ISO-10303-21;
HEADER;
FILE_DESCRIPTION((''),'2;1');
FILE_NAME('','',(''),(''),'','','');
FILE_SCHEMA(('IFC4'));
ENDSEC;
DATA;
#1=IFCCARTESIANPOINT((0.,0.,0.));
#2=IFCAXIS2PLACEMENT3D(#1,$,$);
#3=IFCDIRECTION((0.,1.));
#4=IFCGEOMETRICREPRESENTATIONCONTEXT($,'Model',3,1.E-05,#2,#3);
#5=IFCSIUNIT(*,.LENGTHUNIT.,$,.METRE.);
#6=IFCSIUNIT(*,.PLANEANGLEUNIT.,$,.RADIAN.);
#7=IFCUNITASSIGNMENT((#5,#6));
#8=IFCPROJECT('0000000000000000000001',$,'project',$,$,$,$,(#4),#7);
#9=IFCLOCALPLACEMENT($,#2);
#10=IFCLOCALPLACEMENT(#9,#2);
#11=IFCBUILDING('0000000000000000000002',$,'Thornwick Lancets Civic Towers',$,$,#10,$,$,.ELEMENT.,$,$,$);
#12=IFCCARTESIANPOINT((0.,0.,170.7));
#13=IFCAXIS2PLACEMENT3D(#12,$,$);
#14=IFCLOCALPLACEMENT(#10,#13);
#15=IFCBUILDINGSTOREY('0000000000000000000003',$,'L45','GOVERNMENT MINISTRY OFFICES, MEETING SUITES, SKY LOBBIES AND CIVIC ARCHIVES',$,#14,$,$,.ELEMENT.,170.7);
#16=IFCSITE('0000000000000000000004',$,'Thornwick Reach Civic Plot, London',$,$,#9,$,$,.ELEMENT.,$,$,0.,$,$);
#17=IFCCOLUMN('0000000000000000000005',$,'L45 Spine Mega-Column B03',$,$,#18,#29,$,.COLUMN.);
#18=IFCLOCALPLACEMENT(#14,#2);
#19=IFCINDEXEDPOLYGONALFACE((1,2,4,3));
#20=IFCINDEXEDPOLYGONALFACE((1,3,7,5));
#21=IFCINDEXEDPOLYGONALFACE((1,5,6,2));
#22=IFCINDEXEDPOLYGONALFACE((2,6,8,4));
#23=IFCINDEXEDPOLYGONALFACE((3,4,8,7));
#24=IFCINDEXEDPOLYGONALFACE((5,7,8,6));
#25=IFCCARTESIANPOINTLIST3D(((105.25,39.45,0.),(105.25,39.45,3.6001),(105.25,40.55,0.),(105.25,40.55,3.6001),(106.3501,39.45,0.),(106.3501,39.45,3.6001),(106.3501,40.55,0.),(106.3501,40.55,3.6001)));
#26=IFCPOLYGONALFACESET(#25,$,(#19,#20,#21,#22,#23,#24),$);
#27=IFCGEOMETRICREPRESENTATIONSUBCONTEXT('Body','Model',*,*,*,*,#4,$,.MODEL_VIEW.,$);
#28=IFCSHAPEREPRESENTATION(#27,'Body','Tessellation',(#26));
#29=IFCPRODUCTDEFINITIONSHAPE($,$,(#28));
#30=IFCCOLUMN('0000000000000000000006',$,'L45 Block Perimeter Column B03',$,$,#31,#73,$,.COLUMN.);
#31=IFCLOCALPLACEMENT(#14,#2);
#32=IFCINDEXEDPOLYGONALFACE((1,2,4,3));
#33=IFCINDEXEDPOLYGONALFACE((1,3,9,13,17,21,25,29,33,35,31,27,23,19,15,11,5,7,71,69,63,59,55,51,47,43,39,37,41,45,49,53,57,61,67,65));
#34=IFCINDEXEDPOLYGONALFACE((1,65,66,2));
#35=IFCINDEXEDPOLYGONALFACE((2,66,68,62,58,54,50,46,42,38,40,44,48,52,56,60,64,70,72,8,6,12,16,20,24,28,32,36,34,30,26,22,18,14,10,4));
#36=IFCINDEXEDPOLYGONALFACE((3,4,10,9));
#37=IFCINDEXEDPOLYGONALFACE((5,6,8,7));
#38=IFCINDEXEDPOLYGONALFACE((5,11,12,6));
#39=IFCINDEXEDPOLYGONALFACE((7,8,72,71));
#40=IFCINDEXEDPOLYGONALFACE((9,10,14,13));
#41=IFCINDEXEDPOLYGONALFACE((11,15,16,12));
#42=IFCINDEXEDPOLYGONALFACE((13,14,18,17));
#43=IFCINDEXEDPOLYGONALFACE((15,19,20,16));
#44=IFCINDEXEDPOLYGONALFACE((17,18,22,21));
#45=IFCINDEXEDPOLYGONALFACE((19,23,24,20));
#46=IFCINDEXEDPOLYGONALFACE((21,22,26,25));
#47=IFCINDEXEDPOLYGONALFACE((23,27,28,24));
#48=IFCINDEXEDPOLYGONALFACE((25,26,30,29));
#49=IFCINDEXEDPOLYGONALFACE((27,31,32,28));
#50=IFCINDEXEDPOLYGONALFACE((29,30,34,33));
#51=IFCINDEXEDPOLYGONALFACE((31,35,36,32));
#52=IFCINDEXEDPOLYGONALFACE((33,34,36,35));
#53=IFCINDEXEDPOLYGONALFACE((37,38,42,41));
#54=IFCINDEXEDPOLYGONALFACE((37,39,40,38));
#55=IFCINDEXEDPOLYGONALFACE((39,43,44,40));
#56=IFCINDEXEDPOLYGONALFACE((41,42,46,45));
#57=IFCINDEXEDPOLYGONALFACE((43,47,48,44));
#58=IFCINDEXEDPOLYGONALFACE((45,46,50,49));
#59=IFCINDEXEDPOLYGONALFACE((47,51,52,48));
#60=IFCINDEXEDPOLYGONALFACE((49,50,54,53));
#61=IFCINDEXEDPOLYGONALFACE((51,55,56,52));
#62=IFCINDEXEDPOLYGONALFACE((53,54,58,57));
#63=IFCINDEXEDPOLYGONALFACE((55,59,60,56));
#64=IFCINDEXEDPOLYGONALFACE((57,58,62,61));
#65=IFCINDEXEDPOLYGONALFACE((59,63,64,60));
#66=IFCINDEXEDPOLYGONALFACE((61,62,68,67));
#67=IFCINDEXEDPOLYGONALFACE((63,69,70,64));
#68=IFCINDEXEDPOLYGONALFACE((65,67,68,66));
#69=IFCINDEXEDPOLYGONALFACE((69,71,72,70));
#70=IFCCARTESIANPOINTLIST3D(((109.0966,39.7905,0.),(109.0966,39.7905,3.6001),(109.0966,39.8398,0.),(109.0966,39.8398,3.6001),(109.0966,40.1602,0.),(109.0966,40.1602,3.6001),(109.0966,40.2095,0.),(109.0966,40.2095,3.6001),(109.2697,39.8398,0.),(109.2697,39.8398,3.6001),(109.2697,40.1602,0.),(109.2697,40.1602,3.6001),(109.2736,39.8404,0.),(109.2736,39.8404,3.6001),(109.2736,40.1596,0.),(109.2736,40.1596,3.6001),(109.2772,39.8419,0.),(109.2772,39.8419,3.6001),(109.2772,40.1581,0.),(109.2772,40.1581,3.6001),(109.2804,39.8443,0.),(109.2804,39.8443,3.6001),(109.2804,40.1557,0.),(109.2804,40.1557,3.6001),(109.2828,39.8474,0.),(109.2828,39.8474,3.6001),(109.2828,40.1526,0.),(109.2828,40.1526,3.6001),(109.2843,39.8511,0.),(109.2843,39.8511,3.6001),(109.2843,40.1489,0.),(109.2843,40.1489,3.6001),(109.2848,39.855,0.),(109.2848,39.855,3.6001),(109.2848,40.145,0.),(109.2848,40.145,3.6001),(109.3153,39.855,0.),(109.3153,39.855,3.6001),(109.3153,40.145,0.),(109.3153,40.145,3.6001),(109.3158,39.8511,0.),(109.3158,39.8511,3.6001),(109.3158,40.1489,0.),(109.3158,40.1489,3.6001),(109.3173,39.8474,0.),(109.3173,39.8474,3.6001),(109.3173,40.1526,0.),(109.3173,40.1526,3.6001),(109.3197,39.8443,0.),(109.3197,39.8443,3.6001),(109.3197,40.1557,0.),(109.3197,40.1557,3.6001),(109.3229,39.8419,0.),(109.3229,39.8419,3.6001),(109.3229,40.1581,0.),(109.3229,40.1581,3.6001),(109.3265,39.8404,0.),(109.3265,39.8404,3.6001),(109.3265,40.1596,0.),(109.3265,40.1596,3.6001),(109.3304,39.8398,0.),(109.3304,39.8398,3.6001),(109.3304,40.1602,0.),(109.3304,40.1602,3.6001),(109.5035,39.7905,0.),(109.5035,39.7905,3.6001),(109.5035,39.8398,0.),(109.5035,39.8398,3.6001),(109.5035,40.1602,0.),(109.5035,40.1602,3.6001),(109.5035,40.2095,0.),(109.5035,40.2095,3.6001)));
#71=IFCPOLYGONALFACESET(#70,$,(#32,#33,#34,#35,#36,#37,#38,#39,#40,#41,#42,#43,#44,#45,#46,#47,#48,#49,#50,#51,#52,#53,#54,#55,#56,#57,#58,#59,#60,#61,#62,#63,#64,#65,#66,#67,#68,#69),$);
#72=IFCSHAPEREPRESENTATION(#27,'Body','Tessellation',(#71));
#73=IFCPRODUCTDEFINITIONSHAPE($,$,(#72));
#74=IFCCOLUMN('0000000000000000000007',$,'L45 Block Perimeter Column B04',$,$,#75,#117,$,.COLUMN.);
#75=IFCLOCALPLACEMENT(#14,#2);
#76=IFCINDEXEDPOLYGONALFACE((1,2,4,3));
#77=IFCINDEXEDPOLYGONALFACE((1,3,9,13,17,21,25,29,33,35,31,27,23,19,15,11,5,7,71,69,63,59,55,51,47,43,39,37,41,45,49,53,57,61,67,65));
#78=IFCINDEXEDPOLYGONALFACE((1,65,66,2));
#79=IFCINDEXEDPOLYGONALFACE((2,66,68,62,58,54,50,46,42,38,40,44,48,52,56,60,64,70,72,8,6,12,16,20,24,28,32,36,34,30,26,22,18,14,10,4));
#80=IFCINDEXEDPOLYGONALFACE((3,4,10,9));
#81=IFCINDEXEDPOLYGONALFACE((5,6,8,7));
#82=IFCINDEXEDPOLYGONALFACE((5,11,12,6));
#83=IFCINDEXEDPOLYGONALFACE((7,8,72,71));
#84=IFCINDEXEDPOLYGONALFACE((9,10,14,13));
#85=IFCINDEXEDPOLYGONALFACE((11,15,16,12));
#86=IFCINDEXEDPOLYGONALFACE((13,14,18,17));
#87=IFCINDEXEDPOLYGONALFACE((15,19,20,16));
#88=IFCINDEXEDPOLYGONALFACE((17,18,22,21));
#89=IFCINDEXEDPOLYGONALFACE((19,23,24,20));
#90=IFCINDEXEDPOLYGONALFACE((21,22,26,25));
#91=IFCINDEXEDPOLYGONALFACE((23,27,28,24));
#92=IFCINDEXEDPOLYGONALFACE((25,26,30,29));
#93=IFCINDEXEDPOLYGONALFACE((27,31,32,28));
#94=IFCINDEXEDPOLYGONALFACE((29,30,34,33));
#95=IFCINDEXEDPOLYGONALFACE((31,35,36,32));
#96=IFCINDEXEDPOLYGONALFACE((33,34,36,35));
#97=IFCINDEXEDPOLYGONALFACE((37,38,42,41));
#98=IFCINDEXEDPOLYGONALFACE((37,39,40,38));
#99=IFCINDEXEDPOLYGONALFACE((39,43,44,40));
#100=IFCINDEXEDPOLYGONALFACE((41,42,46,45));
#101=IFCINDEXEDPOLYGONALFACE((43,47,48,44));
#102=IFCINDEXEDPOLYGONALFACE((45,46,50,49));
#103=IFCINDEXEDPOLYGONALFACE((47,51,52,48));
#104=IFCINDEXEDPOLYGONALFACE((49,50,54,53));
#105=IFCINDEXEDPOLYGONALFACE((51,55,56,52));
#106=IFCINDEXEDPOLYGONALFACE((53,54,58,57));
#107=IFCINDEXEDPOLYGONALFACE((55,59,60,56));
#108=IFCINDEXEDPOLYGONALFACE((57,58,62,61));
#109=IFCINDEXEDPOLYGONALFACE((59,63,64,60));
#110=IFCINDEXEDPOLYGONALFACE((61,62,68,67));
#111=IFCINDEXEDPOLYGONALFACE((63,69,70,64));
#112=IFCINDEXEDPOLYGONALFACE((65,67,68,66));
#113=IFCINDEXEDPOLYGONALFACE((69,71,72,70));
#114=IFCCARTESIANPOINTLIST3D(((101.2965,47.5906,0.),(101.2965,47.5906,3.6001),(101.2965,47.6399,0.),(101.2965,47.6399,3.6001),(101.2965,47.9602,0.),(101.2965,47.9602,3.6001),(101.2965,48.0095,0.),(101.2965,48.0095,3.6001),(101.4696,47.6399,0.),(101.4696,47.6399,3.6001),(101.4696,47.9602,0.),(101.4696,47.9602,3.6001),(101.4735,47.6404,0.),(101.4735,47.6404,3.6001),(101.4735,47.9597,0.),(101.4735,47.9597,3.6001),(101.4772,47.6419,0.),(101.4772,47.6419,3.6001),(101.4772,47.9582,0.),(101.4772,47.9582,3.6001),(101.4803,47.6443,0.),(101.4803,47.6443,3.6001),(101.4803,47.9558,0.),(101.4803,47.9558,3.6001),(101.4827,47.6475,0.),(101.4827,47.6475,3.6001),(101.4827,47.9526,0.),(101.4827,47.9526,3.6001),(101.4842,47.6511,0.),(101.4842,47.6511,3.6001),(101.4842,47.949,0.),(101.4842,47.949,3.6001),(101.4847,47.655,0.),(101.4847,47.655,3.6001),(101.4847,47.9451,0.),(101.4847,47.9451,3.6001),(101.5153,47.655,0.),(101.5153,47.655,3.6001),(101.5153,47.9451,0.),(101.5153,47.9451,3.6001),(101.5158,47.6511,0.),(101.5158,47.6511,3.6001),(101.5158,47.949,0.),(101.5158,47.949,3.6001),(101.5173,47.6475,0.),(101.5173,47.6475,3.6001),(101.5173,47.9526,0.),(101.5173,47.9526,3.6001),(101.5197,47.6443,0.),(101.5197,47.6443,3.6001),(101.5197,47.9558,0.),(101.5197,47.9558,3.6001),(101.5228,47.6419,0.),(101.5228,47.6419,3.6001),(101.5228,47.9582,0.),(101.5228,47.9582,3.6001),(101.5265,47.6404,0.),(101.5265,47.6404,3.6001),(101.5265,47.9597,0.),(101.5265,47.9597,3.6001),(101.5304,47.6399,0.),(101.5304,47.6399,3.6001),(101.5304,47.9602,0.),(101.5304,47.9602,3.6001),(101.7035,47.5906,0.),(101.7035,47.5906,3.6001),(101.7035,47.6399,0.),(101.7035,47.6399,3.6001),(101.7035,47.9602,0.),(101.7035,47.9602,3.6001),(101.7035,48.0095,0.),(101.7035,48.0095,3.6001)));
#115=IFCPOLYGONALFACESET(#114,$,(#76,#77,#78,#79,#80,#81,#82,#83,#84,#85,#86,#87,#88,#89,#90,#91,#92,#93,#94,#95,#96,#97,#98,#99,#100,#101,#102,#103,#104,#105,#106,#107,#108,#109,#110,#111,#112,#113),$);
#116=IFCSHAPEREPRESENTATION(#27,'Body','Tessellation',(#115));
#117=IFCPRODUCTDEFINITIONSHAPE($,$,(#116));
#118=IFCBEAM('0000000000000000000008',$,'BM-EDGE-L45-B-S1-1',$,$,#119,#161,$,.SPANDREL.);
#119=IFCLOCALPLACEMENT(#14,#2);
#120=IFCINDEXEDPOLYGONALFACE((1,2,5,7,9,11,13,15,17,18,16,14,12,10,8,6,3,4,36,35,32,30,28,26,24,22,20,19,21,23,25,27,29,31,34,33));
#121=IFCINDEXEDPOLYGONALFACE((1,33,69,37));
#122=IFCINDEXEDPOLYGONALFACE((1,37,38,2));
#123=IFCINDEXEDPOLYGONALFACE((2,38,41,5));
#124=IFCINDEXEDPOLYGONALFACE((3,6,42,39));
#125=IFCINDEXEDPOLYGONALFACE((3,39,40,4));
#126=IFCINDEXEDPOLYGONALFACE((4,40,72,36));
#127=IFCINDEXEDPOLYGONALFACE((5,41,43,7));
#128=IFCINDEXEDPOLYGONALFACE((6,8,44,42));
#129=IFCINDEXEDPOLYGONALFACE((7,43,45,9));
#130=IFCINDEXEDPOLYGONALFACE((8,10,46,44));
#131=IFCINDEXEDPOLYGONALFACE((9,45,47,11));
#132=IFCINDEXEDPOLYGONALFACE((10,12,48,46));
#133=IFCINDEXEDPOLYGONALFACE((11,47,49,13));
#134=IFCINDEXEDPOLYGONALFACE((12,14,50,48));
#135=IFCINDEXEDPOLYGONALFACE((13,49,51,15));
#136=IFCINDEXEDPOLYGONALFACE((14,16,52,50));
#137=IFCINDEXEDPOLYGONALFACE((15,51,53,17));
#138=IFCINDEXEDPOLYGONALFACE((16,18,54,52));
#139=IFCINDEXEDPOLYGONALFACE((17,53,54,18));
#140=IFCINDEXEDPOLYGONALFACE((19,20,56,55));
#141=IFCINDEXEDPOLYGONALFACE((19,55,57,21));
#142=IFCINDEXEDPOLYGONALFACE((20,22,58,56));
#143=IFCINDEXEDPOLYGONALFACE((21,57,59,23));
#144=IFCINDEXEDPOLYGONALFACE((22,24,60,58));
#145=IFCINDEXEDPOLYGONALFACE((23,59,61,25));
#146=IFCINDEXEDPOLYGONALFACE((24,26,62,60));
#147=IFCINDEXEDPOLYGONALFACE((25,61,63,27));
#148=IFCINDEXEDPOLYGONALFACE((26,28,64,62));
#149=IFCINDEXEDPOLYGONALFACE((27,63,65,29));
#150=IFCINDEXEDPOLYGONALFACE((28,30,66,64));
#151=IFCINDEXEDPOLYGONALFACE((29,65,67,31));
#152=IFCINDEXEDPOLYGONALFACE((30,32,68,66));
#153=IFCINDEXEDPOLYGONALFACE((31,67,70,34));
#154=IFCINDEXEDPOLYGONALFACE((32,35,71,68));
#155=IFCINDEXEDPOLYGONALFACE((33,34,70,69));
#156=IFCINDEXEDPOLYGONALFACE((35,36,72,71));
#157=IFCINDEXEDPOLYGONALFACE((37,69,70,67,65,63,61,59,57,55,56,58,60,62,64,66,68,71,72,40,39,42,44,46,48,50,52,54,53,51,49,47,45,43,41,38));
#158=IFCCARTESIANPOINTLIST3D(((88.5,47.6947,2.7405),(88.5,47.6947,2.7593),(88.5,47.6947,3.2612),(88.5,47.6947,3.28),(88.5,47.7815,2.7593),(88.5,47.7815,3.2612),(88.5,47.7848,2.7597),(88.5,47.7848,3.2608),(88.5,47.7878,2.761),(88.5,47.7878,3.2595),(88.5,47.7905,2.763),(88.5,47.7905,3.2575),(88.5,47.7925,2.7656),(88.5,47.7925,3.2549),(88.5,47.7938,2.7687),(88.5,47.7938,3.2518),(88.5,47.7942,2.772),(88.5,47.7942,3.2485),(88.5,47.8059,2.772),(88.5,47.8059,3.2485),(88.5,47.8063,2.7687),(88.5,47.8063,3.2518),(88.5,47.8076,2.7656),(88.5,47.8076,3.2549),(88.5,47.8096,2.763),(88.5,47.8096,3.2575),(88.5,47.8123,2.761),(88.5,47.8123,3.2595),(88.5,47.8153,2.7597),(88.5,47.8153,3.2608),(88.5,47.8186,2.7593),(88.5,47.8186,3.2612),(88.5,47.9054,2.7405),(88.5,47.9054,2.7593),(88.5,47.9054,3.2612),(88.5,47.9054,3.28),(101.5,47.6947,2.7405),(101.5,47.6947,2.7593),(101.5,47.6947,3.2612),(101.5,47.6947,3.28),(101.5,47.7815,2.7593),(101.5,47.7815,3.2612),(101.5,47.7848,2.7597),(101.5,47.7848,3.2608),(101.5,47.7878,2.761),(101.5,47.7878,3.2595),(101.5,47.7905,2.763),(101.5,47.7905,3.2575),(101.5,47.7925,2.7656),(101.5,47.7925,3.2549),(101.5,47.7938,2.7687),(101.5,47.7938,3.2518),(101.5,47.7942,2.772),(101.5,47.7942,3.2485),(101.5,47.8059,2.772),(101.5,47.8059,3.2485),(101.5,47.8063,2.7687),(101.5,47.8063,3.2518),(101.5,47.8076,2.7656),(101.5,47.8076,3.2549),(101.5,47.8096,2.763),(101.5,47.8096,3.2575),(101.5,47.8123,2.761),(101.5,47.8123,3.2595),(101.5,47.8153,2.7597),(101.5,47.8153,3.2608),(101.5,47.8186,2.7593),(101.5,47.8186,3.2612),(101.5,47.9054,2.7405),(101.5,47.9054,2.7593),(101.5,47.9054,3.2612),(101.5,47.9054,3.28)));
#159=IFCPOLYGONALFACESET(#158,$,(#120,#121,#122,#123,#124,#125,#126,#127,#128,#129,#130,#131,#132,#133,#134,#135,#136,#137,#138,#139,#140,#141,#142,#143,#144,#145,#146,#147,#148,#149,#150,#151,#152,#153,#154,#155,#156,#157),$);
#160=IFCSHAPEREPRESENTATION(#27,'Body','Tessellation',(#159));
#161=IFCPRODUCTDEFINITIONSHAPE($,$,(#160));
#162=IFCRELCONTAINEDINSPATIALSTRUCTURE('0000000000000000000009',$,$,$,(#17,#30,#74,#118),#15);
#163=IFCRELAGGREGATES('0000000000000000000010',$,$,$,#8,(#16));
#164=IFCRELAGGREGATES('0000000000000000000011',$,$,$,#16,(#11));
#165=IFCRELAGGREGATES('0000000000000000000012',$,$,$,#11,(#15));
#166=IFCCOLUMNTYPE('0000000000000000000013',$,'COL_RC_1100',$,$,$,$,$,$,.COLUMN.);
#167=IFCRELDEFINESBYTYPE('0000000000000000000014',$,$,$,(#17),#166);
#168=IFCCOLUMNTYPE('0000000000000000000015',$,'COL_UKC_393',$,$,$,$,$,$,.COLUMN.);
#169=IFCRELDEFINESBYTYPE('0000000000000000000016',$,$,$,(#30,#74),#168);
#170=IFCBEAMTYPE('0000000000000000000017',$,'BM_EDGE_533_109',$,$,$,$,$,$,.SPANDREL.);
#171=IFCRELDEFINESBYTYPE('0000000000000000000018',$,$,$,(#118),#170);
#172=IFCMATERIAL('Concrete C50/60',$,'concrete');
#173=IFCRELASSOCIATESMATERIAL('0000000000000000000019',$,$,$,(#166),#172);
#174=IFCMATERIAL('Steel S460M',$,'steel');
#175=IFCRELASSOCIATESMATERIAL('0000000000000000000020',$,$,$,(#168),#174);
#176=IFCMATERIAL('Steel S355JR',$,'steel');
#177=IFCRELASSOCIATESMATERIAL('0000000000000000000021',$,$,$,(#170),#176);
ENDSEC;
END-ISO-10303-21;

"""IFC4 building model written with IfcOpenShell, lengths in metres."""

from ifc_helpers import new_model, si_unit, direction, frame, origin, origin_2d, place, context, subcontext, project, spatial, rectangle, i_section, extrude, material, material_profile, profile_set, type_object, element, save


model = new_model("IFC4")

# Units and contexts
model_context = context("Model", 3, precision=1e-05, world=origin(), true_north=direction((0.0, 1.0)))
body_context = subcontext(model_context, "Body", "Model", "MODEL_VIEW")
ifc_project = project(units=[si_unit("LENGTHUNIT", "METRE"), si_unit("PLANEANGLEUNIT", "RADIAN")], contexts=[model_context])

# Site, building, storey
site_placement = place(None, origin())
site = spatial("IfcSite", under=ifc_project, at=site_placement, Name="Thornwick Reach Civic Plot, London", CompositionType="ELEMENT", RefElevation=0.0)
building_placement = place(site_placement, origin())
building = spatial("IfcBuilding", under=site, at=building_placement, Name="Thornwick Lancets Civic Towers", CompositionType="ELEMENT")
storey_placement = place(building_placement, frame((0.0, 0.0, 170.7)))
storey = spatial("IfcBuildingStorey", under=building, at=storey_placement, Name="L45", Description="GOVERNMENT MINISTRY OFFICES, MEETING SUITES, SKY LOBBIES AND CIVIC ARCHIVES", CompositionType="ELEMENT", Elevation=170.7)

# Columns
ifc_material_1 = material(Name="Concrete C50/60", Category="concrete")
ifc_material_profile_1 = material_profile(ifc_material_1, rectangle(XDim=1.1001, YDim=1.1001, at=origin_2d()), Name="RC 1100x1100")
ifc_profile_set_1 = profile_set([ifc_material_profile_1], Name="Concrete C50/60")
column_type_1 = type_object("IfcColumnType", Name="COL_RC_1100", PredefinedType="COLUMN", material=ifc_profile_set_1)
column_placement = place(storey_placement, frame((105.8, 40.0, 0.0), z_axis=(0.0, 0.0, 1.0), x_axis=(1.0, 0.0, 0.0)))
element("IfcColumn", 1, at=column_placement, inside=storey, type_object=column_type_1, Name="L45 Spine Mega-Column B03", PredefinedType="COLUMN", context=body_context, shape_type="SweptSolid", body=[
    extrude(rectangle(XDim=1.1001, YDim=1.1001, at=origin_2d()), origin(), (0.0, 0.0, 1.0), 3.6001),
])
ifc_material_2 = material(Name="Steel S460M", Category="steel")
ifc_material_profile_2 = material_profile(ifc_material_2, i_section(OverallWidth=0.407, OverallDepth=0.4189, WebThickness=0.0305, FlangeThickness=0.0493, FilletRadius=0.0151, at=origin_2d()), Name="UKC 356x406x393")
ifc_profile_set_2 = profile_set([ifc_material_profile_2], Name="Steel S460M")
column_type_2 = type_object("IfcColumnType", Name="COL_UKC_393", PredefinedType="COLUMN", material=ifc_profile_set_2)
for number, where, z_axis, x_axis, name in (
    (2, (109.3, 40.0, 0.0), (0.0, 0.0, 1.0), (1.0, 0.0, 0.0), "L45 Block Perimeter Column B03"),
    (3, (101.5, 47.8, 0.0), (0.0, 0.0, 1.0), (1.0, 0.0, 0.0), "L45 Block Perimeter Column B04"),
):
    element("IfcColumn", number, at=place(storey_placement, frame(where, z_axis=z_axis, x_axis=x_axis)), inside=storey, type_object=column_type_2, Name=name, PredefinedType="COLUMN", context=body_context, shape_type="SweptSolid", body=[
        extrude(i_section(OverallWidth=0.407, OverallDepth=0.4189, WebThickness=0.0305, FlangeThickness=0.0493, FilletRadius=0.0151, at=origin_2d()), origin(), (0.0, 0.0, 1.0), 3.6001),
    ])

# Beam
ifc_material_3 = material(Name="Steel S355JR", Category="steel")
ifc_material_profile_3 = material_profile(ifc_material_3, i_section(OverallWidth=0.2107, OverallDepth=0.5396, WebThickness=0.0117, FlangeThickness=0.0188, FilletRadius=0.0127, at=origin_2d()), Name="UKB 533x210x109")
ifc_profile_set_3 = profile_set([ifc_material_profile_3], Name="Steel S355JR")
beam_type_1 = type_object("IfcBeamType", Name="BM_EDGE_533_109", PredefinedType="SPANDREL", material=ifc_profile_set_3)
beam_1_placement = place(storey_placement, frame((101.5, 47.8, 3.0103), z_axis=(-1.0, 0.0, 0.0), x_axis=(0.0, -1.0, 0.0)))
element("IfcBeam", 4, at=beam_1_placement, inside=storey, type_object=beam_type_1, Name="BM-EDGE-L45-B-S1-1", PredefinedType="SPANDREL", context=body_context, shape_type="SweptSolid", body=[
    extrude(i_section(OverallWidth=0.2107, OverallDepth=0.5396, WebThickness=0.0117, FlangeThickness=0.0188, FilletRadius=0.0127, at=origin_2d()), origin(), (0.0, 0.0, 1.0), 13.0),
])

save(model, "model.ifc")
